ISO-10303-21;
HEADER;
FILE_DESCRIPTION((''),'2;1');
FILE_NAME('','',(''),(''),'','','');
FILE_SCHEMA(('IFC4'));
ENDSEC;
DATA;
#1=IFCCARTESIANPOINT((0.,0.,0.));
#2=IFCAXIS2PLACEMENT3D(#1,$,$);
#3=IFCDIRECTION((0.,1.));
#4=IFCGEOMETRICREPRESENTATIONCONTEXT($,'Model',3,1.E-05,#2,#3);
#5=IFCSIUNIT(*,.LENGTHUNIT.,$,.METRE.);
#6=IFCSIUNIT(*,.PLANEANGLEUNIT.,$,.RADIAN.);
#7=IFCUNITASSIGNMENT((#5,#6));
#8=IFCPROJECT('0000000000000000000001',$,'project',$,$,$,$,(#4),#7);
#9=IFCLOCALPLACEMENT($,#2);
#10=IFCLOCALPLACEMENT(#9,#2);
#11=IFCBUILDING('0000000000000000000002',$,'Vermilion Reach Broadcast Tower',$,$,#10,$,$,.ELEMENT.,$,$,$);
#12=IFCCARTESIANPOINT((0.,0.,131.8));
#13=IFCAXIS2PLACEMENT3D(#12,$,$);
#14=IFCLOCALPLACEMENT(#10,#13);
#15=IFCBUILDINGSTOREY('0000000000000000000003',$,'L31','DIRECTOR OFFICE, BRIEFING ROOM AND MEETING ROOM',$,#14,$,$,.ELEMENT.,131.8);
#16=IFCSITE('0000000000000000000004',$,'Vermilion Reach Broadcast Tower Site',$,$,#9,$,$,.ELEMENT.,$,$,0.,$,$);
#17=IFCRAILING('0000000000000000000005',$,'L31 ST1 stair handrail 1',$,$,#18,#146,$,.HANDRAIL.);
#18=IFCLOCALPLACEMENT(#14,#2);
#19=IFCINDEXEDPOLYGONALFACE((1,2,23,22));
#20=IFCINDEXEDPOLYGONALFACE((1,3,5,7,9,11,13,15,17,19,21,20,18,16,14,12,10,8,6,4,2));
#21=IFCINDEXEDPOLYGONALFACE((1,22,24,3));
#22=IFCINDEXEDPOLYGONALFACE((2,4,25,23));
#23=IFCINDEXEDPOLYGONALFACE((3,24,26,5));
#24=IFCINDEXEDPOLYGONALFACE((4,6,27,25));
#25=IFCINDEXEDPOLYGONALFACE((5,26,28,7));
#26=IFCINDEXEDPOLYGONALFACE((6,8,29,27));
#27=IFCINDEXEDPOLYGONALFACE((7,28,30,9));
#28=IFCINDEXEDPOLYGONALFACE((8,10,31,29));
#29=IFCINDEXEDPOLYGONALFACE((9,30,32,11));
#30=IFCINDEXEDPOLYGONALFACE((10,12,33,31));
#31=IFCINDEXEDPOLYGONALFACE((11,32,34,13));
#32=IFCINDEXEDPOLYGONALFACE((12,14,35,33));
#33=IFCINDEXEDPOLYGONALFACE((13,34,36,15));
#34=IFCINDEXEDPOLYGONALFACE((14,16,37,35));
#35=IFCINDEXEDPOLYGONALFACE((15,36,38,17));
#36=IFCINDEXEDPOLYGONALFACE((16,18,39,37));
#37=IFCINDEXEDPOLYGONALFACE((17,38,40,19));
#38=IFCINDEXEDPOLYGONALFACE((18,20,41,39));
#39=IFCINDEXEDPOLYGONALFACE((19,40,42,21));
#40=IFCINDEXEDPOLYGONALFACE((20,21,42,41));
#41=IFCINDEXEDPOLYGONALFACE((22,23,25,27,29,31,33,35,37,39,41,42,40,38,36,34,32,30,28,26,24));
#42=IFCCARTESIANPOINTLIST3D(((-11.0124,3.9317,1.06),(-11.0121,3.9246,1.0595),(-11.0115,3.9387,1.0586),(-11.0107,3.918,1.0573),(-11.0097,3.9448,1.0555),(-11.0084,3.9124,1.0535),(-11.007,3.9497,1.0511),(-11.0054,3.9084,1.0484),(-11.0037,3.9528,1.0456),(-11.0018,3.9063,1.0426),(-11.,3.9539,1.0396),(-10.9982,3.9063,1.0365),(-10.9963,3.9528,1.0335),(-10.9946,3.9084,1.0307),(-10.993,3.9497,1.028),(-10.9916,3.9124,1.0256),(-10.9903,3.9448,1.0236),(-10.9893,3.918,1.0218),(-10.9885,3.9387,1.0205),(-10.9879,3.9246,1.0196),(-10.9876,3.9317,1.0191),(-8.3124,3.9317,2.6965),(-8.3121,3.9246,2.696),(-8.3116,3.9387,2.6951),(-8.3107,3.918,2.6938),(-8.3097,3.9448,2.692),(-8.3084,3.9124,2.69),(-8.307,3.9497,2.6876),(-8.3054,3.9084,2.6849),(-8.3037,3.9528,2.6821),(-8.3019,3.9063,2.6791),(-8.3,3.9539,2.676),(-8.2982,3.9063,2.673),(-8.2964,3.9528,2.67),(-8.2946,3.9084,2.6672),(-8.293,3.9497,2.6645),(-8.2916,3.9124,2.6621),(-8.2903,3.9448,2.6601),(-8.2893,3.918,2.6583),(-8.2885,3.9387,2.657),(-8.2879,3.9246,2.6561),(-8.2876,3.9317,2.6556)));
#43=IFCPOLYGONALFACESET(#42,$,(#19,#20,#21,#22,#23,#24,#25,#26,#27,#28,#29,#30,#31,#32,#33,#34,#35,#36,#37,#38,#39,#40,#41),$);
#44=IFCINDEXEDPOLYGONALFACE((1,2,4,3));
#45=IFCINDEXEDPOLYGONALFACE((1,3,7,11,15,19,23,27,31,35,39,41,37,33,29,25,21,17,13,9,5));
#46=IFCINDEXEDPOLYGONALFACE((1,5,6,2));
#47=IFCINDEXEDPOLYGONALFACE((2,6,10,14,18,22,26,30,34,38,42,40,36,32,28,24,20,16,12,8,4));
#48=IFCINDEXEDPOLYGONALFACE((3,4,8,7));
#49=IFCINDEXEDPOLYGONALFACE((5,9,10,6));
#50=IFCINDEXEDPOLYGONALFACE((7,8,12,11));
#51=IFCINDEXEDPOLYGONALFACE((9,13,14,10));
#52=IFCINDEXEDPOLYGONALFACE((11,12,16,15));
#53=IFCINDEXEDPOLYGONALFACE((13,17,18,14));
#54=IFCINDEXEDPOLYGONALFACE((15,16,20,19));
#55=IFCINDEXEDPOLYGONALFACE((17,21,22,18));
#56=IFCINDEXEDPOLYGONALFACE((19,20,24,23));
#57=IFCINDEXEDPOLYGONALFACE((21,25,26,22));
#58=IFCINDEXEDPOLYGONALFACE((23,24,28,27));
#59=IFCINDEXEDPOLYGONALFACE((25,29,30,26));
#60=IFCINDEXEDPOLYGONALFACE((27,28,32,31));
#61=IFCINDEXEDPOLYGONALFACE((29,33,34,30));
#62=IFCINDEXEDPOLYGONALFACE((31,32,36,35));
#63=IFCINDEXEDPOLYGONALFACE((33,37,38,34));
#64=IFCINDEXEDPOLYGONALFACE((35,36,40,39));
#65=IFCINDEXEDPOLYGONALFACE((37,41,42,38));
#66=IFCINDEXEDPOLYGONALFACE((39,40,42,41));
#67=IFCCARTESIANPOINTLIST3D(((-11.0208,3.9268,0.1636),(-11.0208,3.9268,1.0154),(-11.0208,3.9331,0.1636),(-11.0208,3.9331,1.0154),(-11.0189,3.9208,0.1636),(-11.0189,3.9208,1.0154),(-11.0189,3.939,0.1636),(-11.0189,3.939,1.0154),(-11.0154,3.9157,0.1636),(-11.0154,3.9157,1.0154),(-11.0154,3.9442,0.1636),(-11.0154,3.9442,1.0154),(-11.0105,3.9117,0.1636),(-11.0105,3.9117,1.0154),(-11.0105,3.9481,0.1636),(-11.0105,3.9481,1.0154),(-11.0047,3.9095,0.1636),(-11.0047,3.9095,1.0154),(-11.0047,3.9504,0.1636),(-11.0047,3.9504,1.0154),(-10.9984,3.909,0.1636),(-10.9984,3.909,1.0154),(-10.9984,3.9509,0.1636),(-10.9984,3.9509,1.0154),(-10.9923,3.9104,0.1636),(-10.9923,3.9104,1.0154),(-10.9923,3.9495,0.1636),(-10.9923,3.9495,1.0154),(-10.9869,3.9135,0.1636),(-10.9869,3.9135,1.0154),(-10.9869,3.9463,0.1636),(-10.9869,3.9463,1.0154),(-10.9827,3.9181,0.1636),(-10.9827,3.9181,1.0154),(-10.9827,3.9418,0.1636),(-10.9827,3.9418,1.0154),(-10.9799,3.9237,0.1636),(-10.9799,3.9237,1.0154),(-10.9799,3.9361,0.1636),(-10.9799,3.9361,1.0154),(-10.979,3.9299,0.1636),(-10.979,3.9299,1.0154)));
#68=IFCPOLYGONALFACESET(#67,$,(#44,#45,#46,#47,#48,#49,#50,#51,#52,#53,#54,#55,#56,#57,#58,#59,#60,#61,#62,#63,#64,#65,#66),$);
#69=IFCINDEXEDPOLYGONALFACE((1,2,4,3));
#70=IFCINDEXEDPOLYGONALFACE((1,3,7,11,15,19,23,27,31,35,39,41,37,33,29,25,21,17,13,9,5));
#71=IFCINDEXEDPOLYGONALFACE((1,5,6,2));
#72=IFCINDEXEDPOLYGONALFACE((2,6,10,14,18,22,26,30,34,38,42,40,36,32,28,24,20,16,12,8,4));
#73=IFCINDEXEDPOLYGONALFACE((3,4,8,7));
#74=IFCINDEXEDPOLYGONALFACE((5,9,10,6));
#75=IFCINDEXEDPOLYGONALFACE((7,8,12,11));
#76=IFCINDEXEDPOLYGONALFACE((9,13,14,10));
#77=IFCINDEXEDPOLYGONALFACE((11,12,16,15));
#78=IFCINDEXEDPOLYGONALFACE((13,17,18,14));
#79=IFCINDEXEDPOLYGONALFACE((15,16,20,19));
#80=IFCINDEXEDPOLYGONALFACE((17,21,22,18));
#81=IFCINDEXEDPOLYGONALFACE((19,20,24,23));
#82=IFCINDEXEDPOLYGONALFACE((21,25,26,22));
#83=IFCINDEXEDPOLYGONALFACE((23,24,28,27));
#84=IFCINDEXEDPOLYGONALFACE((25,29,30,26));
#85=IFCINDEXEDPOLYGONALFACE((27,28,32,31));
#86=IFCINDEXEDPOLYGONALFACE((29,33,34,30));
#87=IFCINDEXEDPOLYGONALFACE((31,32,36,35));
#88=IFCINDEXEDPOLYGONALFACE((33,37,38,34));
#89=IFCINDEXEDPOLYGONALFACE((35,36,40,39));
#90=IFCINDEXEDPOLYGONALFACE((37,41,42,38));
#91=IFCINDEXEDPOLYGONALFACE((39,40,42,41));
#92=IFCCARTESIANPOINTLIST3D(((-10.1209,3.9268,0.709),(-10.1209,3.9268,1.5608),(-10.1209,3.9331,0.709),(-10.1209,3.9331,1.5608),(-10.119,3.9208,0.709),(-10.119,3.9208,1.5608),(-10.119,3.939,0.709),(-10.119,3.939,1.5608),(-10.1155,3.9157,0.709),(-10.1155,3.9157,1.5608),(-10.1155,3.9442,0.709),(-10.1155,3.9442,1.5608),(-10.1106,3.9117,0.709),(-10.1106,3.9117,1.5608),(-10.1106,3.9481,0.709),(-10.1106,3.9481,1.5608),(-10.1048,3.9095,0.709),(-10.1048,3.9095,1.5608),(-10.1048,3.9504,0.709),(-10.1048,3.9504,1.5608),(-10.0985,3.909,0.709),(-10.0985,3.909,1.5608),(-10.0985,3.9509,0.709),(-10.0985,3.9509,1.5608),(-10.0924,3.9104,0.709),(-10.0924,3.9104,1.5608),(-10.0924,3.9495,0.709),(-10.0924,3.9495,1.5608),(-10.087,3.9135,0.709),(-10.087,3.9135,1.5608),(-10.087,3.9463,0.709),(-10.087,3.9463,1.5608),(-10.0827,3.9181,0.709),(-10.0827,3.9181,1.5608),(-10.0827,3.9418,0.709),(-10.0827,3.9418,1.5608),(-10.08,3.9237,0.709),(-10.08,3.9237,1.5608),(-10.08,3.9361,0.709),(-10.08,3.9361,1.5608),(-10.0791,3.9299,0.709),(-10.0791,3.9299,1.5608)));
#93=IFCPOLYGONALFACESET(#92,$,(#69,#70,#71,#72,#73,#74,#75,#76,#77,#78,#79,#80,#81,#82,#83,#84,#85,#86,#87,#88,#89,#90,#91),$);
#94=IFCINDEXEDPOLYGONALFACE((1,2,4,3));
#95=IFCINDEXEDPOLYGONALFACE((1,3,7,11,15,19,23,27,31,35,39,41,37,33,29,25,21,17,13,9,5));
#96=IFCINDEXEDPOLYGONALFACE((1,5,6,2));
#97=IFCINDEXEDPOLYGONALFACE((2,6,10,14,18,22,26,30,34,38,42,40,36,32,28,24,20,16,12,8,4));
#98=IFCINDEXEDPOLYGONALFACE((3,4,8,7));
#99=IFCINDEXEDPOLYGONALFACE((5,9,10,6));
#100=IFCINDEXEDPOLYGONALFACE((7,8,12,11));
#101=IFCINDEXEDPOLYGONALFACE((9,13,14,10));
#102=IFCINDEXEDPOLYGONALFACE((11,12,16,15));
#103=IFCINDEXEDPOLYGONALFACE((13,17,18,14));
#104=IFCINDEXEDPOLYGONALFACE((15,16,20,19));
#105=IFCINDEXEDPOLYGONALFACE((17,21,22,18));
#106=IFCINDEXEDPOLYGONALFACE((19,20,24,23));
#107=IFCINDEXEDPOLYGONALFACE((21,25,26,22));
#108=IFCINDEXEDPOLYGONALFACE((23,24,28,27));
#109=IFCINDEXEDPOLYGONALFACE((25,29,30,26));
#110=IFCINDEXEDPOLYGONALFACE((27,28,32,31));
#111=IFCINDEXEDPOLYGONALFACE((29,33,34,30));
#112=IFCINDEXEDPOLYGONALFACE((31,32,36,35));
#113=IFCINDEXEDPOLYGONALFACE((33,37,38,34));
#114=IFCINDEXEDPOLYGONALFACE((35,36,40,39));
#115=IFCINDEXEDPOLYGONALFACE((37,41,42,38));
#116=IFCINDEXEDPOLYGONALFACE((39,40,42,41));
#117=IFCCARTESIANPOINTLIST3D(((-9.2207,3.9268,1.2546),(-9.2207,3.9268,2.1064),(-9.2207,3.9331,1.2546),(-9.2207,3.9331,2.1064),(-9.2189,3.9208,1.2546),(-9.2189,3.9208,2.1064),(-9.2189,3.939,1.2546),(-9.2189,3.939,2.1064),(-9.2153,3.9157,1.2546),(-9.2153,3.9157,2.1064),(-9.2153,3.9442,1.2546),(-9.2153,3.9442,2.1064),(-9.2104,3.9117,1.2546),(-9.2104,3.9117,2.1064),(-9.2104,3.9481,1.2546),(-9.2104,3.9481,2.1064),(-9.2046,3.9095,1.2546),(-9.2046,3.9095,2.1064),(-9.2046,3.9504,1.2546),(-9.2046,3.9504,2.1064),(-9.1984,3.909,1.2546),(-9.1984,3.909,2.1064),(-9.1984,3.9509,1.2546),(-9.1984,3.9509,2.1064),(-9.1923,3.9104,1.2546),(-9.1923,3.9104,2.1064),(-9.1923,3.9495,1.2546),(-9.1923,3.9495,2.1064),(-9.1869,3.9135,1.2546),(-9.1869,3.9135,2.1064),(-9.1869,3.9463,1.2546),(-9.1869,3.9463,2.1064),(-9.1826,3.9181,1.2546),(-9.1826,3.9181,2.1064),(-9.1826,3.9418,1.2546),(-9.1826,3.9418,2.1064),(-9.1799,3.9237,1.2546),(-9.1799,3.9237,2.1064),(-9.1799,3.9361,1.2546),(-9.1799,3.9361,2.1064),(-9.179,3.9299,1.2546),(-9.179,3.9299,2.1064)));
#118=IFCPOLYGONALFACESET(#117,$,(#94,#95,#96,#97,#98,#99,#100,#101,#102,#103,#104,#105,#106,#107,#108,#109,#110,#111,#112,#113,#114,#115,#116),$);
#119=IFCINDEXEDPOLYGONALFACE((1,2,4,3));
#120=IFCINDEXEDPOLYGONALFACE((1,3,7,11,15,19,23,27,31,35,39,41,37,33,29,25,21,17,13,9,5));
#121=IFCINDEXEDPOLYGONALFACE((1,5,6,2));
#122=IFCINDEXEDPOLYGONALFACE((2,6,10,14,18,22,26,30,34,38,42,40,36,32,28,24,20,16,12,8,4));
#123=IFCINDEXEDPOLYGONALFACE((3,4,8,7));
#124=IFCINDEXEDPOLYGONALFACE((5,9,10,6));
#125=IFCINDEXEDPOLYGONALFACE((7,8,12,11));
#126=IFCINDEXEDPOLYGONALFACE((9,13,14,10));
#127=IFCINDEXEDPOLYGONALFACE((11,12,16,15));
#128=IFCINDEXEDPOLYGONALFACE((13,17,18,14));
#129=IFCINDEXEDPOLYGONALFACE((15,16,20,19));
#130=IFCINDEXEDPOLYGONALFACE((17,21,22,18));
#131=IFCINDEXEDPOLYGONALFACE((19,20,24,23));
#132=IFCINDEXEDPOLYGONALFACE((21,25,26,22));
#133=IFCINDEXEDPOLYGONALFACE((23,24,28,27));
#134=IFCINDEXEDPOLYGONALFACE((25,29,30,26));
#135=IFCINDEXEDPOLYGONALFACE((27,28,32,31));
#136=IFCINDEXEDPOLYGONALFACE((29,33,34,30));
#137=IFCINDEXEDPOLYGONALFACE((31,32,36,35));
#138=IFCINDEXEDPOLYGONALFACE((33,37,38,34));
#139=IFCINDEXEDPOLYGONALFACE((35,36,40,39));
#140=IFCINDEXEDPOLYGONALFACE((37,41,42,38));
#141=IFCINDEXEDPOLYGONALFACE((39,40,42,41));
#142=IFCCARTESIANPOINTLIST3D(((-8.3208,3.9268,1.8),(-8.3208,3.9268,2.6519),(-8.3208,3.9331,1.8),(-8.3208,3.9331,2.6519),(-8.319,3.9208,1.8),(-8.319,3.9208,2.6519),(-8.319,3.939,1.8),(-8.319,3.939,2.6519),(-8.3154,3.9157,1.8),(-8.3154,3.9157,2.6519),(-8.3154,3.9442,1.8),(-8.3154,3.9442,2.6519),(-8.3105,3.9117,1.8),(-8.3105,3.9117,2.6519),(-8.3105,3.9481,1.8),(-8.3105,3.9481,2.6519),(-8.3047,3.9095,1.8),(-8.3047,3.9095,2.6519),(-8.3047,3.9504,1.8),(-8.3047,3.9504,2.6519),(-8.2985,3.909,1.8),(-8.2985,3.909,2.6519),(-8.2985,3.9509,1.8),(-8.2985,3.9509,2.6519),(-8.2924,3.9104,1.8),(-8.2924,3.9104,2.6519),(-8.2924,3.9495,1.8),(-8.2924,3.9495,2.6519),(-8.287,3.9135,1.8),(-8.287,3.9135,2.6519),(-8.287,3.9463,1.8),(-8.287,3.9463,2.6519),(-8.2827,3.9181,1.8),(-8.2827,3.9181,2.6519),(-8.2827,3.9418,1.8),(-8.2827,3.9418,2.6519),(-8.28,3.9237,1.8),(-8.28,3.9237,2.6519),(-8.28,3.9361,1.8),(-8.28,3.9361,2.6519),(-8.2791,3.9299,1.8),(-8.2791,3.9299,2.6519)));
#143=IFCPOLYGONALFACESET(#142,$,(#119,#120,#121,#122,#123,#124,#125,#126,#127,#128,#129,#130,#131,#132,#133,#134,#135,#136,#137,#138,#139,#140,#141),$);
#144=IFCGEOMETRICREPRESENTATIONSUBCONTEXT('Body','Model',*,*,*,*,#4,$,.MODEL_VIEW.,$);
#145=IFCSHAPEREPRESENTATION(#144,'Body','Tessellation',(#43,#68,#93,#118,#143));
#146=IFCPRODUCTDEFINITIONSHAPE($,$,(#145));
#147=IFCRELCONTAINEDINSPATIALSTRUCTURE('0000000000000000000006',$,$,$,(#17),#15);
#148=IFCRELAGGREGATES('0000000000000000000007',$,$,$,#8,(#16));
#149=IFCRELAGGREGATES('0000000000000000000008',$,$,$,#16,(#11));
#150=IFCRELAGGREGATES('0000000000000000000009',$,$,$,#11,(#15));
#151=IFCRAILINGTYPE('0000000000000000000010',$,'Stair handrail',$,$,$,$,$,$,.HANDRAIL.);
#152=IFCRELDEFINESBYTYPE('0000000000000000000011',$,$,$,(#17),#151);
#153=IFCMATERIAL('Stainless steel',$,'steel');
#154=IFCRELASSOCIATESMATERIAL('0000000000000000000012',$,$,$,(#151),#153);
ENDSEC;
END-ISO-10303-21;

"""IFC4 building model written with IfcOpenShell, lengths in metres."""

from ifc_helpers import new_model, si_unit, direction, frame, origin, origin_2d, place, context, subcontext, project, spatial, circle, extrude, material, type_object, element, save


model = new_model("IFC4")

# Units and contexts
model_context = context("Model", 3, precision=1e-05, world=origin(), true_north=direction((0.0, 1.0)))
body_context = subcontext(model_context, "Body", "Model", "MODEL_VIEW")
ifc_project = project(units=[si_unit("LENGTHUNIT", "METRE"), si_unit("PLANEANGLEUNIT", "RADIAN")], contexts=[model_context])

# Site, building, storey
site_placement = place(None, origin())
site = spatial("IfcSite", under=ifc_project, at=site_placement, Name="Vermilion Reach Broadcast Tower Site", CompositionType="ELEMENT", RefElevation=0.0)
building_placement = place(site_placement, origin())
building = spatial("IfcBuilding", under=site, at=building_placement, Name="Vermilion Reach Broadcast Tower", CompositionType="ELEMENT")
storey_placement = place(building_placement, frame((0.0, 0.0, 131.8)))
storey = spatial("IfcBuildingStorey", under=building, at=storey_placement, Name="L31", Description="DIRECTOR OFFICE, BRIEFING ROOM AND MEETING ROOM", CompositionType="ELEMENT", Elevation=131.8)

# Railing
ifc_material_1 = material(Name="Stainless steel", Category="steel")
railing_type_1 = type_object("IfcRailingType", Name="Stair handrail", PredefinedType="HANDRAIL", material=ifc_material_1)
railing_1_placement = place(storey_placement, frame((-11.0, 3.9299, 0.1636)))
element("IfcRailing", 1, at=railing_1_placement, inside=storey, type_object=railing_type_1, Name="L31 ST1 stair handrail 1", PredefinedType="HANDRAIL", context=body_context, shape_type="SweptSolid", body=[
    extrude(circle(Radius=0.0239, at=origin_2d()), frame((0.0, 0.0, 0.876), z_axis=(0.855178, 0.0, 0.518334), x_axis=(0.0, 1.0, 0.0)), (0.0, 0.0, 1.0), 3.1572),
    extrude(circle(Radius=0.021, at=origin_2d()), origin(), (0.0, 0.0, 1.0), 0.8518),
    extrude(circle(Radius=0.021, at=origin_2d()), frame((0.8999, 0.0, 0.5454)), (0.0, 0.0, 1.0), 0.8518),
    extrude(circle(Radius=0.021, at=origin_2d()), frame((1.8, 0.0, 1.0911)), (0.0, 0.0, 1.0), 0.8518),
    extrude(circle(Radius=0.021, at=origin_2d()), frame((2.7, 0.0, 1.6365)), (0.0, 0.0, 1.0), 0.8518),
])

save(model, "model.ifc")
